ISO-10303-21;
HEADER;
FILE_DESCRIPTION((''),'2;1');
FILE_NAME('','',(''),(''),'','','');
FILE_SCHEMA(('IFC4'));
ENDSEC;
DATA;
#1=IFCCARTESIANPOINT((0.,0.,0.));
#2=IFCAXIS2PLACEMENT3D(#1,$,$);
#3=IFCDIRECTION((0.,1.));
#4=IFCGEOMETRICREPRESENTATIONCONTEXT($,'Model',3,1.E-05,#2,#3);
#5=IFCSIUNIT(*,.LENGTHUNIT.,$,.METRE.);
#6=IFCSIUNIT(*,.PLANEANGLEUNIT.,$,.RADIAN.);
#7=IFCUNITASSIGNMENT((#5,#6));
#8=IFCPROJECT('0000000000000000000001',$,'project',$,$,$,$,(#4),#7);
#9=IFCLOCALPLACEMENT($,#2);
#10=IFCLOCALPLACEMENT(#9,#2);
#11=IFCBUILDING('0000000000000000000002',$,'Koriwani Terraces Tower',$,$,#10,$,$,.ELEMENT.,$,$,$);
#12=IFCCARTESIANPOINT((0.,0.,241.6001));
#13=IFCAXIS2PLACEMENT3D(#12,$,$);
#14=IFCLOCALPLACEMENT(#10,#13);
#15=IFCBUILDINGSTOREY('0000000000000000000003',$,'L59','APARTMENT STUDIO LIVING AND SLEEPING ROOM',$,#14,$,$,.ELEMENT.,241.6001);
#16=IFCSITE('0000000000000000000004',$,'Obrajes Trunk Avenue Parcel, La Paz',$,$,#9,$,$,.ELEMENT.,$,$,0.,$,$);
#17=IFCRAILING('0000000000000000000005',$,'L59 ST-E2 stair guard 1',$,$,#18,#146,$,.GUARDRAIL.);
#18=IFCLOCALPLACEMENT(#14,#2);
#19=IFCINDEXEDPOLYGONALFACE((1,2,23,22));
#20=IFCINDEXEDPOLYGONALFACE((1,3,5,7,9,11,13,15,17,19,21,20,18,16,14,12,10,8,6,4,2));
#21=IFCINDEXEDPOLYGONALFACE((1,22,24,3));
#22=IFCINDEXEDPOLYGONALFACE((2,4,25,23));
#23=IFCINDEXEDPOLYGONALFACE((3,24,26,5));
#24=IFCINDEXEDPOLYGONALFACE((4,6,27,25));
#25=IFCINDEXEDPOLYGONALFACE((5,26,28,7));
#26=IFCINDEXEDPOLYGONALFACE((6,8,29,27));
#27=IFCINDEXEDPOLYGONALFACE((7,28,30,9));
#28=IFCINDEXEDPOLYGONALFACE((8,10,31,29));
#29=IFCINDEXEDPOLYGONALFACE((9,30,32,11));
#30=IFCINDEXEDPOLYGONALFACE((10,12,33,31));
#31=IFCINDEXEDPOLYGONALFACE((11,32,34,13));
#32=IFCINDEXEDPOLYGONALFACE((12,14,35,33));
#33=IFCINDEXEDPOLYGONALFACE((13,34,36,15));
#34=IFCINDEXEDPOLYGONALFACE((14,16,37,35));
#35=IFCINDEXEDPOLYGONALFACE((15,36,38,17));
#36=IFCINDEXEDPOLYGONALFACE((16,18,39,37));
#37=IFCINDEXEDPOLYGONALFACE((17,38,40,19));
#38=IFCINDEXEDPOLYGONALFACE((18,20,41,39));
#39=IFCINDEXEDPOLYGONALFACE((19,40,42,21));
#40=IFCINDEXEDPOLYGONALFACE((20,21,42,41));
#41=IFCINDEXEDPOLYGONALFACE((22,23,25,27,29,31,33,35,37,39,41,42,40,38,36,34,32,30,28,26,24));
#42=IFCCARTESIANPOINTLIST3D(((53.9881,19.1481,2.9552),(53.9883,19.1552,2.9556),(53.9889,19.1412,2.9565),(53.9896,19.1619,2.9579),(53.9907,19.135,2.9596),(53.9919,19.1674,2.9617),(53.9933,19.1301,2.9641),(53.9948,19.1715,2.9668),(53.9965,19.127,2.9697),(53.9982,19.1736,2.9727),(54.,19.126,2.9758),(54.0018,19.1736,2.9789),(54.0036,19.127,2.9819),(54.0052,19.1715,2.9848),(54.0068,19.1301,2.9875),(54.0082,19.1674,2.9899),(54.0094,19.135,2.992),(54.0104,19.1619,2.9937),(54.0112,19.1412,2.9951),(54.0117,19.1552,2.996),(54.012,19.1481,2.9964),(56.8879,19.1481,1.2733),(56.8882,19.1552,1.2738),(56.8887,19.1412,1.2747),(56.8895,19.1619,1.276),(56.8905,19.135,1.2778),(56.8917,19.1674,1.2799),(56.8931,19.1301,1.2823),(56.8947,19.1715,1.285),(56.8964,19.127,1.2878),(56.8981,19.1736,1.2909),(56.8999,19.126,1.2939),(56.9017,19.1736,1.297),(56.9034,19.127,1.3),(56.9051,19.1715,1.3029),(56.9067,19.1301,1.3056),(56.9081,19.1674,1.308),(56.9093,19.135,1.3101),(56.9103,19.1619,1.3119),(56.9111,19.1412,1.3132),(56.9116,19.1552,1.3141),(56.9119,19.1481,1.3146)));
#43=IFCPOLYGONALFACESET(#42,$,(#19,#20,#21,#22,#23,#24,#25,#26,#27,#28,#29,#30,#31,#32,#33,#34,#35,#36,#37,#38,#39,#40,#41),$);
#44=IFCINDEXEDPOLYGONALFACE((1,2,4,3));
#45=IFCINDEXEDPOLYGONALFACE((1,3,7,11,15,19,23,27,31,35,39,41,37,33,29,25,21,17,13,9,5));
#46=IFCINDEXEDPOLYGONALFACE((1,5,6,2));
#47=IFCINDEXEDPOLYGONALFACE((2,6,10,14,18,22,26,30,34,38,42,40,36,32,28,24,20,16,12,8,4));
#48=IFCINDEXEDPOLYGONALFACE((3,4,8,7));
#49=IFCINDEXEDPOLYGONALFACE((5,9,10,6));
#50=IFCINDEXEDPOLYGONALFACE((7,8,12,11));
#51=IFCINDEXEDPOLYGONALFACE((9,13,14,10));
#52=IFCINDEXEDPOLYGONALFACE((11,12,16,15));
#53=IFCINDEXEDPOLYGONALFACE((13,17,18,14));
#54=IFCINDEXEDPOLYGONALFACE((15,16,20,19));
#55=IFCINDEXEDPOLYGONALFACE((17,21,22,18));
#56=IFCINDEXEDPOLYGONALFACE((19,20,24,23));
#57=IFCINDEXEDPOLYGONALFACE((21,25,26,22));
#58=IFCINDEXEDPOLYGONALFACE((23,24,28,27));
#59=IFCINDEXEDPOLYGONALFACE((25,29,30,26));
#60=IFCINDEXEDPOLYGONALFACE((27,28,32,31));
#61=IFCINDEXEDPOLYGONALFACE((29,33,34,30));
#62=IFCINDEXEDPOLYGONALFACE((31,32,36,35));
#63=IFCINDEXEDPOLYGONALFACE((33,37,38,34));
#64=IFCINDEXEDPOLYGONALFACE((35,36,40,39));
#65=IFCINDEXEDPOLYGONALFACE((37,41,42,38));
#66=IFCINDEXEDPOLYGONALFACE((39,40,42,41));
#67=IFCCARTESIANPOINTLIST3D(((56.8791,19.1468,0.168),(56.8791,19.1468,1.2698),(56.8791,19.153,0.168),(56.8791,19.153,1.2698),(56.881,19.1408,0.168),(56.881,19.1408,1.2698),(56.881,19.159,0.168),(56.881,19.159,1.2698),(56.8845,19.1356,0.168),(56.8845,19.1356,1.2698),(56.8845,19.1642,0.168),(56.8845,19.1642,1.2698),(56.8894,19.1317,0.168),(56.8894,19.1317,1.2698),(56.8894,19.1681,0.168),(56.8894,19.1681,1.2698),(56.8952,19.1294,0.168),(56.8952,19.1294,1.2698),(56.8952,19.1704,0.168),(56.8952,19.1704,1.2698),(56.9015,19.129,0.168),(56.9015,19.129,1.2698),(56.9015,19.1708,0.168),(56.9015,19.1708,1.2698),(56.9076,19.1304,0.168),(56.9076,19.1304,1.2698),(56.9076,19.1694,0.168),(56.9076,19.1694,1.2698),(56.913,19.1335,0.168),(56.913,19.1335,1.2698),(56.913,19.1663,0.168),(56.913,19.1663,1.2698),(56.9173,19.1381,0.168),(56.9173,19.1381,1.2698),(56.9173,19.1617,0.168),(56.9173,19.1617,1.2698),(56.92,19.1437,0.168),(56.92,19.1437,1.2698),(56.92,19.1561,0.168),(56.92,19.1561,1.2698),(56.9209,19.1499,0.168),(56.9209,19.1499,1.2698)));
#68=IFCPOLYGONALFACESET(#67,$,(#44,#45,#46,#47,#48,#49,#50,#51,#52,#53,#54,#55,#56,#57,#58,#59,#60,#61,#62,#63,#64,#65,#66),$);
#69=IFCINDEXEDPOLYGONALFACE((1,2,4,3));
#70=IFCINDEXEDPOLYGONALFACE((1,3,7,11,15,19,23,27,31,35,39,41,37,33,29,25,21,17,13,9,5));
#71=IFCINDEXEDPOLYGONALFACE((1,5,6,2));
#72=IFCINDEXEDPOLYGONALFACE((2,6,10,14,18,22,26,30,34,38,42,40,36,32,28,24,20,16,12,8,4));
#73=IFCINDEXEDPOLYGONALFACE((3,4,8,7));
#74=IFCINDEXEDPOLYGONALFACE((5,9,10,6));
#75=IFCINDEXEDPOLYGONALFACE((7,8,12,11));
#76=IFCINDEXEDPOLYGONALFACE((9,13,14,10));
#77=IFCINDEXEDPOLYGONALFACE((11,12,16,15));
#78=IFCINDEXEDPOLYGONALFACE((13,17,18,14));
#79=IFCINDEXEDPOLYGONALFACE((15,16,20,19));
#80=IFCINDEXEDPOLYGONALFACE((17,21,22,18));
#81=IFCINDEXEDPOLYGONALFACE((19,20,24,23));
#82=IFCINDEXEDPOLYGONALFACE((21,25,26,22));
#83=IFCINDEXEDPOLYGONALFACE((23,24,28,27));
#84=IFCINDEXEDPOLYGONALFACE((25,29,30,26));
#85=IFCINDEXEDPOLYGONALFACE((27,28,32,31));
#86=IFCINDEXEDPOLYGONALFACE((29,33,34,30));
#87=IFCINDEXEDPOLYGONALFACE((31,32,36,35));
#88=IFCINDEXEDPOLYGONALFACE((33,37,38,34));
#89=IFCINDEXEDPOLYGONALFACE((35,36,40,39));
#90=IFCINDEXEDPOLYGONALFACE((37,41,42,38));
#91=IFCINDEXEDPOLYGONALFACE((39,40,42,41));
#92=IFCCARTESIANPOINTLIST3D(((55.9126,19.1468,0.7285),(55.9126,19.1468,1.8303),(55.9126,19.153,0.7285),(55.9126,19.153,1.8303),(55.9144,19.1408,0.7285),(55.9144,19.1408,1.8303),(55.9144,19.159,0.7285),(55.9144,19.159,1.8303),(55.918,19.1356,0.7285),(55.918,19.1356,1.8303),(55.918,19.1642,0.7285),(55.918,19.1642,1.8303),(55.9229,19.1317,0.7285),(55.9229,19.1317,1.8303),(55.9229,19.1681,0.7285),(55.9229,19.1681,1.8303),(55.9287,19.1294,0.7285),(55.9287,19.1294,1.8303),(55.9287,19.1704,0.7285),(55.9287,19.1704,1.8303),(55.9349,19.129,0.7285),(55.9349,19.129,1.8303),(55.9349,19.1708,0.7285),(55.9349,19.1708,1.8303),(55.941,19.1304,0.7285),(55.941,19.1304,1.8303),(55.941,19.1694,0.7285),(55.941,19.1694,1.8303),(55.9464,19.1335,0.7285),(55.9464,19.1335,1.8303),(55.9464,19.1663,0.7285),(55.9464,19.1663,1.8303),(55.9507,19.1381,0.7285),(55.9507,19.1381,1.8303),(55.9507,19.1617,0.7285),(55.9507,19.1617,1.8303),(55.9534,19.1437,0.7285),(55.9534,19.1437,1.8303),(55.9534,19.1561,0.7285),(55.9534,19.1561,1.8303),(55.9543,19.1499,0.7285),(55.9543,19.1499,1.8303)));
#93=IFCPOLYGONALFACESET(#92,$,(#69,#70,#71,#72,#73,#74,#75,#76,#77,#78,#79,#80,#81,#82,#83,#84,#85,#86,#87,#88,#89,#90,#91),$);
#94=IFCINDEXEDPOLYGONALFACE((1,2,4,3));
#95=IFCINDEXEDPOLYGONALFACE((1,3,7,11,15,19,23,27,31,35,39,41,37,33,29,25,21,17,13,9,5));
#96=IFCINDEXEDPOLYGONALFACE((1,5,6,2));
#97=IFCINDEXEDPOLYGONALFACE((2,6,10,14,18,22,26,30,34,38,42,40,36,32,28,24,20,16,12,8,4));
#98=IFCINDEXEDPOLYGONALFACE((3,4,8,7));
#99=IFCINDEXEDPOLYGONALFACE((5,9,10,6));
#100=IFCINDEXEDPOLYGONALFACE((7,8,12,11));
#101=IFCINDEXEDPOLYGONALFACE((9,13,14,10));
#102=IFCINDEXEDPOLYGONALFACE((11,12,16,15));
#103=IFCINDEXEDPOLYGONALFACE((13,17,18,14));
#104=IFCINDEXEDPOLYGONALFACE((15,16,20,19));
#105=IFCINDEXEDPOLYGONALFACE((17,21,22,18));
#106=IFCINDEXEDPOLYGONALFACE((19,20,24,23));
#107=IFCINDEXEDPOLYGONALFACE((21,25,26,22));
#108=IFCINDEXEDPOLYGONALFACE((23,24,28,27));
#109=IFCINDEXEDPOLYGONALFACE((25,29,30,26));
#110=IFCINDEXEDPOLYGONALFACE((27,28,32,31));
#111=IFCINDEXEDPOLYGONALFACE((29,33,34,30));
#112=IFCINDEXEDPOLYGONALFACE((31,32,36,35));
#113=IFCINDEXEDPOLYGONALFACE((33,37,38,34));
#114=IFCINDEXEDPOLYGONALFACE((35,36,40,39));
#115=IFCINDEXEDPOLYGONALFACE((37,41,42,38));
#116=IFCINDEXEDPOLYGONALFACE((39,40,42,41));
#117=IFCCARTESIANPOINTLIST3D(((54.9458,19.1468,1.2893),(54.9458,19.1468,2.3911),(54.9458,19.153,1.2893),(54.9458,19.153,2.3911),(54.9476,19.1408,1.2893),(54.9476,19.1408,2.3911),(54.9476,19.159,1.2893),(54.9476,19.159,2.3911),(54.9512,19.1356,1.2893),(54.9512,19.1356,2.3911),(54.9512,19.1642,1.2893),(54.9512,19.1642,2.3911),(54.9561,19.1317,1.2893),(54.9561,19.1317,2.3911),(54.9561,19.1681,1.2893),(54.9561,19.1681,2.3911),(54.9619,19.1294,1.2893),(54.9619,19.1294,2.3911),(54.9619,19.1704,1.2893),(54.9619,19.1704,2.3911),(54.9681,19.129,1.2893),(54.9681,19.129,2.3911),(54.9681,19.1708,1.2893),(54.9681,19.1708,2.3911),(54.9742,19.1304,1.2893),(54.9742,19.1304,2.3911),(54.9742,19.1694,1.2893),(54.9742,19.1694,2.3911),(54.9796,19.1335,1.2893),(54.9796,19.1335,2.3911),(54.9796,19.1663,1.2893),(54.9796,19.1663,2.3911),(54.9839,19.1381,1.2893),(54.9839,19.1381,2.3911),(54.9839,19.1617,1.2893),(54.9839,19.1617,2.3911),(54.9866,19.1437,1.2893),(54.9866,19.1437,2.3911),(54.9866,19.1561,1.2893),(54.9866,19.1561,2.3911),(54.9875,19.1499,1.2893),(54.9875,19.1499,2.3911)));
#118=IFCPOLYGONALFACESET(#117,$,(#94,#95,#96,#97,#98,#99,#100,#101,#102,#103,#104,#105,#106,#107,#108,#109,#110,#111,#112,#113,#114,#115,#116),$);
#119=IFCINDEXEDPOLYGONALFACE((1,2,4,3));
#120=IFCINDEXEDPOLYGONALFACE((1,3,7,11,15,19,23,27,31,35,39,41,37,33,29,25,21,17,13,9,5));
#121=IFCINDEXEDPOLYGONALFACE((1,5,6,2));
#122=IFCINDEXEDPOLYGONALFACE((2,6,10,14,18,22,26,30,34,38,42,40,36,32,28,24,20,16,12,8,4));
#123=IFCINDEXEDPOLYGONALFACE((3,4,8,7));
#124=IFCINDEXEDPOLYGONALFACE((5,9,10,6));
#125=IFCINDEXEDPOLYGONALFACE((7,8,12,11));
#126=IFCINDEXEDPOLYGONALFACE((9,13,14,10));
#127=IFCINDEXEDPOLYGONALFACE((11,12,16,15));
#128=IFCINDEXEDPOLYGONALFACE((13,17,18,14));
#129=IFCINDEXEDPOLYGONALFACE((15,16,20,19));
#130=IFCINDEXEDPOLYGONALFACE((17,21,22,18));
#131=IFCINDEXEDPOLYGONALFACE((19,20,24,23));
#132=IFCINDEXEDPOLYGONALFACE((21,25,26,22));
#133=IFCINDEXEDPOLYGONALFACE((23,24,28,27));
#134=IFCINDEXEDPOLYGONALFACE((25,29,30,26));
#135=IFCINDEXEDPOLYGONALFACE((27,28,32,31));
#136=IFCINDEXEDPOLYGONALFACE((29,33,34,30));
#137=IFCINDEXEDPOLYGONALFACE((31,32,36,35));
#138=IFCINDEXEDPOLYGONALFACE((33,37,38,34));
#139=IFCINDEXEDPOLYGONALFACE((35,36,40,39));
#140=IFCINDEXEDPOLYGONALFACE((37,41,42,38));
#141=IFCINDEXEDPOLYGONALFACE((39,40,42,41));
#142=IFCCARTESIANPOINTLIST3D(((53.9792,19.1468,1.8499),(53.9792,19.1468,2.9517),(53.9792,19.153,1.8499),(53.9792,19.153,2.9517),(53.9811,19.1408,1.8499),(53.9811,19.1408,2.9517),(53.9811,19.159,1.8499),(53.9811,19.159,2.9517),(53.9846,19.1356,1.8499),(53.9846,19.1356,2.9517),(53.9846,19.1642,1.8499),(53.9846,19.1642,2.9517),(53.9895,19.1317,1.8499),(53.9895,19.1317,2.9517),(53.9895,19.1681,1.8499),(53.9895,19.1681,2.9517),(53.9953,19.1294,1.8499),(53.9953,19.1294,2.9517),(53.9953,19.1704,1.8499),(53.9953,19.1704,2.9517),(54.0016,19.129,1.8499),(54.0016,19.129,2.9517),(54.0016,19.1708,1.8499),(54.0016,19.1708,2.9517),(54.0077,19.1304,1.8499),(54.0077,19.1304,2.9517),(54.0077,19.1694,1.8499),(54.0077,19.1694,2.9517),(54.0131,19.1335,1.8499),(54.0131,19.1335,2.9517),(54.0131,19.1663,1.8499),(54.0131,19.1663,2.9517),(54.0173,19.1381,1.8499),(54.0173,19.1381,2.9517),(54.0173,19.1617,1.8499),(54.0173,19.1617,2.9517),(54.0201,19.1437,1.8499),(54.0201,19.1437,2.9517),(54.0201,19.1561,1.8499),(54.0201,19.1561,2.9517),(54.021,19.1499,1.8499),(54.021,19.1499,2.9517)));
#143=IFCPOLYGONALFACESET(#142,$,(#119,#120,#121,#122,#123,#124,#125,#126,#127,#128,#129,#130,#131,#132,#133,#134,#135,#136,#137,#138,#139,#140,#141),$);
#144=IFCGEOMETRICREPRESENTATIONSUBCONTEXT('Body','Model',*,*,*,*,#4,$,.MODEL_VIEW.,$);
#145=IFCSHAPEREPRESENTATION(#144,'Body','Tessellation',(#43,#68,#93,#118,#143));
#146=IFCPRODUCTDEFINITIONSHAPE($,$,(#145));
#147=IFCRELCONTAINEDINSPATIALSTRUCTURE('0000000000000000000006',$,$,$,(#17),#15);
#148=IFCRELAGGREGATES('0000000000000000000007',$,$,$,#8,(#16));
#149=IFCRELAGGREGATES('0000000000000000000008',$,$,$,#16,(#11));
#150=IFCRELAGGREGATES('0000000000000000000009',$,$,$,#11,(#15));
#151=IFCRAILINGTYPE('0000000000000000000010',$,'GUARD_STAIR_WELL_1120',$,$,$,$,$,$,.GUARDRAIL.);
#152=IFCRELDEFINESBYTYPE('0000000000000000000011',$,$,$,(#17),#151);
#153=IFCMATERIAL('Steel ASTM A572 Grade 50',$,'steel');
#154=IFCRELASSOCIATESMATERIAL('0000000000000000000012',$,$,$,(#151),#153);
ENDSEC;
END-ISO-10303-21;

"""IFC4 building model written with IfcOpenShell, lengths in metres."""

from ifc_helpers import new_model, si_unit, direction, frame, origin, origin_2d, place, context, subcontext, project, spatial, circle, extrude, material, type_object, element, save


model = new_model("IFC4")

# Units and contexts
model_context = context("Model", 3, precision=1e-05, world=origin(), true_north=direction((0.0, 1.0)))
body_context = subcontext(model_context, "Body", "Model", "MODEL_VIEW")
ifc_project = project(units=[si_unit("LENGTHUNIT", "METRE"), si_unit("PLANEANGLEUNIT", "RADIAN")], contexts=[model_context])

# Site, building, storey
site_placement = place(None, origin())
site = spatial("IfcSite", under=ifc_project, at=site_placement, Name="Obrajes Trunk Avenue Parcel, La Paz", CompositionType="ELEMENT", RefElevation=0.0)
building_placement = place(site_placement, origin())
building = spatial("IfcBuilding", under=site, at=building_placement, Name="Koriwani Terraces Tower", CompositionType="ELEMENT")
storey_placement = place(building_placement, frame((0.0, 0.0, 241.6001)))
storey = spatial("IfcBuildingStorey", under=building, at=storey_placement, Name="L59", Description="APARTMENT STUDIO LIVING AND SLEEPING ROOM", CompositionType="ELEMENT", Elevation=241.6001)

# Shared definitions
ifc_material_1 = material(Name="Steel ASTM A572 Grade 50", Category="steel")

# Railing
railing_type_1 = type_object("IfcRailingType", Name="GUARD_STAIR_WELL_1120", PredefinedType="GUARDRAIL", material=ifc_material_1)
railing_1_placement = place(storey_placement, frame((56.8999, 19.1499, 0.168)))
element("IfcRailing", 1, at=railing_1_placement, inside=storey, type_object=railing_type_1, Name="L59 ST-E2 stair guard 1", PredefinedType="GUARDRAIL", context=body_context, shape_type="SweptSolid", body=[
    extrude(circle(Radius=0.0239, at=origin_2d()), frame((0.0, 0.0, 1.126), z_axis=(-0.865039, 0.0, 0.501705), x_axis=(0.0, -1.0, 0.0)), (0.0, 0.0, 1.0), 3.3523),
    extrude(circle(Radius=0.021, at=origin_2d()), origin(), (0.0, 0.0, 1.0), 1.1018),
    extrude(circle(Radius=0.021, at=origin_2d()), frame((-0.9666, 0.0, 0.5605)), (0.0, 0.0, 1.0), 1.1018),
    extrude(circle(Radius=0.021, at=origin_2d()), frame((-1.9333, 0.0, 1.1213)), (0.0, 0.0, 1.0), 1.1018),
    extrude(circle(Radius=0.021, at=origin_2d()), frame((-2.8999, 0.0, 1.6819)), (0.0, 0.0, 1.0), 1.1018),
])

save(model, "model.ifc")
